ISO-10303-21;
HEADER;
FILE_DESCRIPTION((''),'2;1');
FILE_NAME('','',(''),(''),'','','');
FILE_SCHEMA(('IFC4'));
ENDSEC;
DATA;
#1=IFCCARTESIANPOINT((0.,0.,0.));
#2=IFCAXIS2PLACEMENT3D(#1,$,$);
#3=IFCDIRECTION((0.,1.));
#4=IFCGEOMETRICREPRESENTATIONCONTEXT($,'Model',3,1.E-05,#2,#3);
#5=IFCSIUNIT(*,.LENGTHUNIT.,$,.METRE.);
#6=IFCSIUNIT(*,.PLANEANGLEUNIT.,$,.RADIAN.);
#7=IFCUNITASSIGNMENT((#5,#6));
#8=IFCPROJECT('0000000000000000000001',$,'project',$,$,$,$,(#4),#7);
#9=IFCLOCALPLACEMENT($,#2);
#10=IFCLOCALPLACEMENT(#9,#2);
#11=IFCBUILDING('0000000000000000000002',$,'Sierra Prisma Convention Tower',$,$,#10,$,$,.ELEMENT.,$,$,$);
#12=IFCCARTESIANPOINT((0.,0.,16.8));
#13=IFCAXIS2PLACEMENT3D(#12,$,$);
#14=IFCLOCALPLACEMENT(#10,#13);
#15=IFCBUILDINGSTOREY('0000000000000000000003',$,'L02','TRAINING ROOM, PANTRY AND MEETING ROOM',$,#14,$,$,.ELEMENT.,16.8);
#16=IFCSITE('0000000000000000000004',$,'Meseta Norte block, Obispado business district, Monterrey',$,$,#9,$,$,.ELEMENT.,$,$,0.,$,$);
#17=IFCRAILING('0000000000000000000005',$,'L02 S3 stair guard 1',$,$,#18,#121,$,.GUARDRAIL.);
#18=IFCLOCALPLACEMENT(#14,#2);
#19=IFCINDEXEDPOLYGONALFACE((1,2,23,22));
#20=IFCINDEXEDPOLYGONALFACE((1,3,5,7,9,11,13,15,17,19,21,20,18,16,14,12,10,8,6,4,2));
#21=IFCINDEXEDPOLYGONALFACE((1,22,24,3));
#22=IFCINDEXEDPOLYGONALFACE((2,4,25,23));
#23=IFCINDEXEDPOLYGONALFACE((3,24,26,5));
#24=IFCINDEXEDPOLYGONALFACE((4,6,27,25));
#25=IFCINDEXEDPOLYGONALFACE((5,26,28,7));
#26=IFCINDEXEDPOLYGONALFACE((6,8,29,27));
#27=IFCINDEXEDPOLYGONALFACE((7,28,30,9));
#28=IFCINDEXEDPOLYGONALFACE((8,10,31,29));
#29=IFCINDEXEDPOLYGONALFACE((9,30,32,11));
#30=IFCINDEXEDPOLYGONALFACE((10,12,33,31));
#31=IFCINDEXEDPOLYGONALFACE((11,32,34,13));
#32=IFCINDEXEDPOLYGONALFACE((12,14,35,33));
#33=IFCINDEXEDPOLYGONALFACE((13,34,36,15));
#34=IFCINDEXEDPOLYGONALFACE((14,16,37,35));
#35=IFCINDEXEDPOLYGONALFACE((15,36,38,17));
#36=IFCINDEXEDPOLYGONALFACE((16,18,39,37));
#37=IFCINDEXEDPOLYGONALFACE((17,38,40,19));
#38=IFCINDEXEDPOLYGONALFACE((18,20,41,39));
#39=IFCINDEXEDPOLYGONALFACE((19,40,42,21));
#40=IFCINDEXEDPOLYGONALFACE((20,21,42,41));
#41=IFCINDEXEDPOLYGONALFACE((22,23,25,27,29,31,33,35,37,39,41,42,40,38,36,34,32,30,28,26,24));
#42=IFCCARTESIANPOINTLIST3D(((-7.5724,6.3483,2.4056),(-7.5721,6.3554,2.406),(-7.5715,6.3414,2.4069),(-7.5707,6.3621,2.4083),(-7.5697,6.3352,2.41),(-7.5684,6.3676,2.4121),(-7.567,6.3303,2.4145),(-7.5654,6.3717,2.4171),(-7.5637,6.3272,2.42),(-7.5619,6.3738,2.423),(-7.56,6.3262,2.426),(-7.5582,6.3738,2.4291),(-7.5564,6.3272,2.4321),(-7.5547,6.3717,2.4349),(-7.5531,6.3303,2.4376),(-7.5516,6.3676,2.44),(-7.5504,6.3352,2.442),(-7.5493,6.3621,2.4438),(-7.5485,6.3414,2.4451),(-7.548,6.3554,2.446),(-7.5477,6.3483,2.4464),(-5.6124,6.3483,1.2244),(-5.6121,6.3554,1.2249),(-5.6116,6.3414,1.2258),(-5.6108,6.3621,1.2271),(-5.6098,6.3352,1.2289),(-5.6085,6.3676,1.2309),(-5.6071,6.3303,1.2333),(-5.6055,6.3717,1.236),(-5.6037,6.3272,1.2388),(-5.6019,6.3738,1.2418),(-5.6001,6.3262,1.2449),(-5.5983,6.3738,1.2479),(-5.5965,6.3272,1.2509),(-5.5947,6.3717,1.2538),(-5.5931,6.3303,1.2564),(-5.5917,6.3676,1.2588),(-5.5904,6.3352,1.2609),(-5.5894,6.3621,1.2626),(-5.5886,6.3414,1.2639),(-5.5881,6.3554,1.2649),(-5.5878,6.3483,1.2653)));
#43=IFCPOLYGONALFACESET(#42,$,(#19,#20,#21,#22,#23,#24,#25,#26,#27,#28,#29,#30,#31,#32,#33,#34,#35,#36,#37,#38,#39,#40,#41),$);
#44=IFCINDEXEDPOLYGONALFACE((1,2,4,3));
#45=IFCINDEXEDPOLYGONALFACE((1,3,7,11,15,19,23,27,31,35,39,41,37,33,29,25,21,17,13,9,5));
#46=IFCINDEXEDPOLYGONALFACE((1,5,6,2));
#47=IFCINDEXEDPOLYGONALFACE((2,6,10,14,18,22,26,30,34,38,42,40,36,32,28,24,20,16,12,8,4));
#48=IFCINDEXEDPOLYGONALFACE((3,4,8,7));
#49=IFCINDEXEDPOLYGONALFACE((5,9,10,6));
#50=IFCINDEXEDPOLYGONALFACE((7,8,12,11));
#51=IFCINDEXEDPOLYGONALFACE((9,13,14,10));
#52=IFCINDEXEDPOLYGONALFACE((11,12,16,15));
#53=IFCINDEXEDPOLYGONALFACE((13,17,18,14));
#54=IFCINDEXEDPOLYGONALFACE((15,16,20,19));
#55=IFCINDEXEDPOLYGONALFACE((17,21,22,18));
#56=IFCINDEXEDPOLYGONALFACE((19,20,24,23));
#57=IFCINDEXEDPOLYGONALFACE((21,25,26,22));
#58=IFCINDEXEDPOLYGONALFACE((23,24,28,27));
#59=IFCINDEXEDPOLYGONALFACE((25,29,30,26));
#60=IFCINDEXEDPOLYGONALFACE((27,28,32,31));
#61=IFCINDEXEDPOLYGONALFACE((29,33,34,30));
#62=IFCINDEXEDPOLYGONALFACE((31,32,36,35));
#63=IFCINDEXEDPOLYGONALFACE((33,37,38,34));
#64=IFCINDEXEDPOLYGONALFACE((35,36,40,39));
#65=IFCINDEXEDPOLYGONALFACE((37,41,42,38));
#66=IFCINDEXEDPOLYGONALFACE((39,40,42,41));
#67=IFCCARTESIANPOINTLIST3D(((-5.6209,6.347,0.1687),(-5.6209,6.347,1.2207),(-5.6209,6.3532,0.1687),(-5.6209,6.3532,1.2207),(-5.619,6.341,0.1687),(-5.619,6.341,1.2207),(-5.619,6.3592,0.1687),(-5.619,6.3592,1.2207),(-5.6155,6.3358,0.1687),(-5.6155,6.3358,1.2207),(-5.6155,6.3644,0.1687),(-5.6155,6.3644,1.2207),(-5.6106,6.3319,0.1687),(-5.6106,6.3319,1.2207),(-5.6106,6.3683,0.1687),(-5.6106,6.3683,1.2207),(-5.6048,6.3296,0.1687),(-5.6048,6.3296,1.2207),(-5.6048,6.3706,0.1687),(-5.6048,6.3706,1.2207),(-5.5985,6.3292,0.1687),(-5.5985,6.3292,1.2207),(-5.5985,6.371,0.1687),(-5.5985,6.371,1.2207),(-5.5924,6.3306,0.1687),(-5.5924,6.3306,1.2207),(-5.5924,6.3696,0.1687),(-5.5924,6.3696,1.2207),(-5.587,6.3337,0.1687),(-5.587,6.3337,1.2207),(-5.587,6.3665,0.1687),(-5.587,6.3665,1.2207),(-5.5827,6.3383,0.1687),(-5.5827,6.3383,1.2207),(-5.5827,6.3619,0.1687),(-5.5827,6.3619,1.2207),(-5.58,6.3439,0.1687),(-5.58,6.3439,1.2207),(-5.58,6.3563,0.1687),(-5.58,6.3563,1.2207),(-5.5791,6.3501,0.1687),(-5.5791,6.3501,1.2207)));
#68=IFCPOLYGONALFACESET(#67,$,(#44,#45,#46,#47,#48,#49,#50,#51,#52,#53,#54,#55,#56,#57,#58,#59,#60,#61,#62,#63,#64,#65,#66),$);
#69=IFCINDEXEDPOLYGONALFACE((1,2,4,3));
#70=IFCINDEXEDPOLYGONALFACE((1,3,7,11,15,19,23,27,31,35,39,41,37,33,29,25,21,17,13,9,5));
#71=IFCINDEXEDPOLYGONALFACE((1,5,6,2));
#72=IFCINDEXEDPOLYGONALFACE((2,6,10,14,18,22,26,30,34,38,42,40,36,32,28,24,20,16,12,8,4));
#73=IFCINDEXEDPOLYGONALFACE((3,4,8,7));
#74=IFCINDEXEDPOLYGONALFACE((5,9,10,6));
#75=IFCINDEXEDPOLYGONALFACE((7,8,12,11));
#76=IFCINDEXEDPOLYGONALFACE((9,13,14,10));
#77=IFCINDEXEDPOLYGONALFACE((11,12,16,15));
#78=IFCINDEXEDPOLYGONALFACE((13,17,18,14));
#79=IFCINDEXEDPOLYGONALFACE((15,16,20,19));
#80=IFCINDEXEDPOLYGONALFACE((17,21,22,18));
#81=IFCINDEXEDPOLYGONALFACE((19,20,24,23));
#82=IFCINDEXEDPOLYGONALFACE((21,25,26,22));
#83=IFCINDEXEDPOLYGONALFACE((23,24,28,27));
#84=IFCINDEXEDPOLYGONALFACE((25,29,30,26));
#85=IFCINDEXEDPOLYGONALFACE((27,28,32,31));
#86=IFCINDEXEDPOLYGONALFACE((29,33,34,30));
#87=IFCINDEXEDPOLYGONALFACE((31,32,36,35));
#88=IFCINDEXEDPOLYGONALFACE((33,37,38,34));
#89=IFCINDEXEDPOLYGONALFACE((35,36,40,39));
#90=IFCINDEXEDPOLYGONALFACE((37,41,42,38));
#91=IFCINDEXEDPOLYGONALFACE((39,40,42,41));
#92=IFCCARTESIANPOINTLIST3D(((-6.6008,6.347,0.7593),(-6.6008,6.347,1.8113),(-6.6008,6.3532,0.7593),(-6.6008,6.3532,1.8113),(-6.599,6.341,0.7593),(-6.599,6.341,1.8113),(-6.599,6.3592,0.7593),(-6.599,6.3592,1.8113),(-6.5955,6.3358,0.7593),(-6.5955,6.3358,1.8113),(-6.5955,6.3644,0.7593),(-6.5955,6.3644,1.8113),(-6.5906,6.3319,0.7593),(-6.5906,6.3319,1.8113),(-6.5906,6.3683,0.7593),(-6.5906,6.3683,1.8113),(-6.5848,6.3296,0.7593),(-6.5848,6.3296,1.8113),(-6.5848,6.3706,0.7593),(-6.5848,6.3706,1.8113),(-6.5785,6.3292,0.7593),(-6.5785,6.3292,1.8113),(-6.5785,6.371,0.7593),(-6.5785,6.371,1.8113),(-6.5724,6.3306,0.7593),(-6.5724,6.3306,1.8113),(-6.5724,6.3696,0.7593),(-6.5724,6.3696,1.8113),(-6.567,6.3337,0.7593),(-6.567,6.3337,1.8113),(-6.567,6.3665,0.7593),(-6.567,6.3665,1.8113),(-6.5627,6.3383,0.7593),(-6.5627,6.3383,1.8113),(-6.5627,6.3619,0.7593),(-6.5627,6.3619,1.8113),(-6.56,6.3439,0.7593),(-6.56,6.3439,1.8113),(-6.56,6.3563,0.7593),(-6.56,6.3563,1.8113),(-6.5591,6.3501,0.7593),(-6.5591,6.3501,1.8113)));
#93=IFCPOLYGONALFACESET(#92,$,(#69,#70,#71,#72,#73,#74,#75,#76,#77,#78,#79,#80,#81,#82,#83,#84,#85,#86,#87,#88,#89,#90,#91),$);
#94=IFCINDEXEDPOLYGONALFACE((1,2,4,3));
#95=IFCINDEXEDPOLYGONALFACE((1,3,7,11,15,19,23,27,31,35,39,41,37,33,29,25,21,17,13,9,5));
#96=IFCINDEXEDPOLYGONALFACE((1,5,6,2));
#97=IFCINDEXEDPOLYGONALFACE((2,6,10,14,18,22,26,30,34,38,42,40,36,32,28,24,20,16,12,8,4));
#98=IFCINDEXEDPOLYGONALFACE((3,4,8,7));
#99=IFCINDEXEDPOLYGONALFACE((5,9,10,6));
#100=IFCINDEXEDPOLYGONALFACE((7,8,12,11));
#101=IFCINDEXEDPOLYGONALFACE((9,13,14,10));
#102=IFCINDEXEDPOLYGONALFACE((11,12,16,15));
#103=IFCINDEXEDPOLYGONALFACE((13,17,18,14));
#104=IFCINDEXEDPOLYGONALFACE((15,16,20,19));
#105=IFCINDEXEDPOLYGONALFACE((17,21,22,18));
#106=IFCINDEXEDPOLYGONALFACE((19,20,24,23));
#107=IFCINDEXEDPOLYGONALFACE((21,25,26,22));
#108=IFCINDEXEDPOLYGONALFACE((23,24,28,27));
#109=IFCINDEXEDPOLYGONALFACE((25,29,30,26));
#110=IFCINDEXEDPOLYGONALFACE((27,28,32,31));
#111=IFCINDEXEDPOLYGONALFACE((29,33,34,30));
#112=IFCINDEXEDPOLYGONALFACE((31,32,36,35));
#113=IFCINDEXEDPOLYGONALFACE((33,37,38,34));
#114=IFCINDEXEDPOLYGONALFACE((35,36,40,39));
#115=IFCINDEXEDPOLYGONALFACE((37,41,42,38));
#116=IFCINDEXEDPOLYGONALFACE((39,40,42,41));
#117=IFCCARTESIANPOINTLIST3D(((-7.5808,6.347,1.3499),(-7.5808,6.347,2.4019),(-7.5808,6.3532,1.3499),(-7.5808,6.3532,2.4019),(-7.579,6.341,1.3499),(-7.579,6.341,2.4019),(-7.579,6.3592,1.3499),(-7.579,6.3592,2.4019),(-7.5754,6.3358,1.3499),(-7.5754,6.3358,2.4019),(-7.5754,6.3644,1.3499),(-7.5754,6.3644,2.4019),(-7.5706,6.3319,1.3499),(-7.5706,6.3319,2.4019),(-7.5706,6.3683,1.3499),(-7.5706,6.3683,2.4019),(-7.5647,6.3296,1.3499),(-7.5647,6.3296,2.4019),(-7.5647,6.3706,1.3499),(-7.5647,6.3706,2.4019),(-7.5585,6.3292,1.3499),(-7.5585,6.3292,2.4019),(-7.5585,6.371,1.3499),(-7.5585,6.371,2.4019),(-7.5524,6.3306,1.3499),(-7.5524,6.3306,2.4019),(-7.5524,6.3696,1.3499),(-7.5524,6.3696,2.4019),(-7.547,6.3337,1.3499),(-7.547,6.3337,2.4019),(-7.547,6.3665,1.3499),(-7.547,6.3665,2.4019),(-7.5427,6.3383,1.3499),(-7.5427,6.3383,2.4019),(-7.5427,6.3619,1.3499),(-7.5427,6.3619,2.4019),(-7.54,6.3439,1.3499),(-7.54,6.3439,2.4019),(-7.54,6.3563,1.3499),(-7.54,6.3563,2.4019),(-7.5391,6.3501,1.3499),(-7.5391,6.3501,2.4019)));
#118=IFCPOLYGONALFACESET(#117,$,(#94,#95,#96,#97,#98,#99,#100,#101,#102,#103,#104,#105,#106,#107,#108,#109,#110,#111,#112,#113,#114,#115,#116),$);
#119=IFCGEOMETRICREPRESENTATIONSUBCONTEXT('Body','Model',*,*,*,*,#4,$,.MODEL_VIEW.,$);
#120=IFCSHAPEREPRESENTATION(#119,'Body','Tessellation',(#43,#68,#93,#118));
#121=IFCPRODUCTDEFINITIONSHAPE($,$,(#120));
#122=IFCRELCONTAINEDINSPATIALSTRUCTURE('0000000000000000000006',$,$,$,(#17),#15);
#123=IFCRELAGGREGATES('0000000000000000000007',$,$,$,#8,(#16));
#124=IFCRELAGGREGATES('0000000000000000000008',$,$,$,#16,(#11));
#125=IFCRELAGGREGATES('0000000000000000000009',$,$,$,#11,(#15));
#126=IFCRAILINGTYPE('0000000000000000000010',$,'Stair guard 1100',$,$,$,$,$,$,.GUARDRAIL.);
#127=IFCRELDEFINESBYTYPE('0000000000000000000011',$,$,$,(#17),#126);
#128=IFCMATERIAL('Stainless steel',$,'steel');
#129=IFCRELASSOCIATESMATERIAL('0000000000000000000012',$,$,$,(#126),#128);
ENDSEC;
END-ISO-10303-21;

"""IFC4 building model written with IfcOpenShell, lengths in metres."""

from ifc_helpers import new_model, si_unit, direction, frame, origin, origin_2d, place, context, subcontext, project, spatial, circle, extrude, material, type_object, element, save


model = new_model("IFC4")

# Units and contexts
model_context = context("Model", 3, precision=1e-05, world=origin(), true_north=direction((0.0, 1.0)))
body_context = subcontext(model_context, "Body", "Model", "MODEL_VIEW")
ifc_project = project(units=[si_unit("LENGTHUNIT", "METRE"), si_unit("PLANEANGLEUNIT", "RADIAN")], contexts=[model_context])

# Site, building, storey
site_placement = place(None, origin())
site = spatial("IfcSite", under=ifc_project, at=site_placement, Name="Meseta Norte block, Obispado business district, Monterrey", CompositionType="ELEMENT", RefElevation=0.0)
building_placement = place(site_placement, origin())
building = spatial("IfcBuilding", under=site, at=building_placement, Name="Sierra Prisma Convention Tower", CompositionType="ELEMENT")
storey_placement = place(building_placement, frame((0.0, 0.0, 16.8)))
storey = spatial("IfcBuildingStorey", under=building, at=storey_placement, Name="L02", Description="TRAINING ROOM, PANTRY AND MEETING ROOM", CompositionType="ELEMENT", Elevation=16.8)

# Railing
ifc_material_1 = material(Name="Stainless steel", Category="steel")
railing_type_1 = type_object("IfcRailingType", Name="Stair guard 1100", PredefinedType="GUARDRAIL", material=ifc_material_1)
railing_1_placement = place(storey_placement, frame((-5.6001, 6.3501, 0.1687)))
element("IfcRailing", 1, at=railing_1_placement, inside=storey, type_object=railing_type_1, Name="L02 S3 stair guard 1", PredefinedType="GUARDRAIL", context=body_context, shape_type="SweptSolid", body=[
    extrude(circle(Radius=0.0239, at=origin_2d()), frame((0.0, 0.0, 1.0762), z_axis=(-0.856493, 0.0, 0.516158), x_axis=(0.0, -1.0, 0.0)), (0.0, 0.0, 1.0), 2.2883),
    extrude(circle(Radius=0.021, at=origin_2d()), origin(), (0.0, 0.0, 1.0), 1.052),
    extrude(circle(Radius=0.021, at=origin_2d()), frame((-0.98, 0.0, 0.5906)), (0.0, 0.0, 1.0), 1.052),
    extrude(circle(Radius=0.021, at=origin_2d()), frame((-1.96, 0.0, 1.1812)), (0.0, 0.0, 1.0), 1.052),
])

save(model, "model.ifc")
